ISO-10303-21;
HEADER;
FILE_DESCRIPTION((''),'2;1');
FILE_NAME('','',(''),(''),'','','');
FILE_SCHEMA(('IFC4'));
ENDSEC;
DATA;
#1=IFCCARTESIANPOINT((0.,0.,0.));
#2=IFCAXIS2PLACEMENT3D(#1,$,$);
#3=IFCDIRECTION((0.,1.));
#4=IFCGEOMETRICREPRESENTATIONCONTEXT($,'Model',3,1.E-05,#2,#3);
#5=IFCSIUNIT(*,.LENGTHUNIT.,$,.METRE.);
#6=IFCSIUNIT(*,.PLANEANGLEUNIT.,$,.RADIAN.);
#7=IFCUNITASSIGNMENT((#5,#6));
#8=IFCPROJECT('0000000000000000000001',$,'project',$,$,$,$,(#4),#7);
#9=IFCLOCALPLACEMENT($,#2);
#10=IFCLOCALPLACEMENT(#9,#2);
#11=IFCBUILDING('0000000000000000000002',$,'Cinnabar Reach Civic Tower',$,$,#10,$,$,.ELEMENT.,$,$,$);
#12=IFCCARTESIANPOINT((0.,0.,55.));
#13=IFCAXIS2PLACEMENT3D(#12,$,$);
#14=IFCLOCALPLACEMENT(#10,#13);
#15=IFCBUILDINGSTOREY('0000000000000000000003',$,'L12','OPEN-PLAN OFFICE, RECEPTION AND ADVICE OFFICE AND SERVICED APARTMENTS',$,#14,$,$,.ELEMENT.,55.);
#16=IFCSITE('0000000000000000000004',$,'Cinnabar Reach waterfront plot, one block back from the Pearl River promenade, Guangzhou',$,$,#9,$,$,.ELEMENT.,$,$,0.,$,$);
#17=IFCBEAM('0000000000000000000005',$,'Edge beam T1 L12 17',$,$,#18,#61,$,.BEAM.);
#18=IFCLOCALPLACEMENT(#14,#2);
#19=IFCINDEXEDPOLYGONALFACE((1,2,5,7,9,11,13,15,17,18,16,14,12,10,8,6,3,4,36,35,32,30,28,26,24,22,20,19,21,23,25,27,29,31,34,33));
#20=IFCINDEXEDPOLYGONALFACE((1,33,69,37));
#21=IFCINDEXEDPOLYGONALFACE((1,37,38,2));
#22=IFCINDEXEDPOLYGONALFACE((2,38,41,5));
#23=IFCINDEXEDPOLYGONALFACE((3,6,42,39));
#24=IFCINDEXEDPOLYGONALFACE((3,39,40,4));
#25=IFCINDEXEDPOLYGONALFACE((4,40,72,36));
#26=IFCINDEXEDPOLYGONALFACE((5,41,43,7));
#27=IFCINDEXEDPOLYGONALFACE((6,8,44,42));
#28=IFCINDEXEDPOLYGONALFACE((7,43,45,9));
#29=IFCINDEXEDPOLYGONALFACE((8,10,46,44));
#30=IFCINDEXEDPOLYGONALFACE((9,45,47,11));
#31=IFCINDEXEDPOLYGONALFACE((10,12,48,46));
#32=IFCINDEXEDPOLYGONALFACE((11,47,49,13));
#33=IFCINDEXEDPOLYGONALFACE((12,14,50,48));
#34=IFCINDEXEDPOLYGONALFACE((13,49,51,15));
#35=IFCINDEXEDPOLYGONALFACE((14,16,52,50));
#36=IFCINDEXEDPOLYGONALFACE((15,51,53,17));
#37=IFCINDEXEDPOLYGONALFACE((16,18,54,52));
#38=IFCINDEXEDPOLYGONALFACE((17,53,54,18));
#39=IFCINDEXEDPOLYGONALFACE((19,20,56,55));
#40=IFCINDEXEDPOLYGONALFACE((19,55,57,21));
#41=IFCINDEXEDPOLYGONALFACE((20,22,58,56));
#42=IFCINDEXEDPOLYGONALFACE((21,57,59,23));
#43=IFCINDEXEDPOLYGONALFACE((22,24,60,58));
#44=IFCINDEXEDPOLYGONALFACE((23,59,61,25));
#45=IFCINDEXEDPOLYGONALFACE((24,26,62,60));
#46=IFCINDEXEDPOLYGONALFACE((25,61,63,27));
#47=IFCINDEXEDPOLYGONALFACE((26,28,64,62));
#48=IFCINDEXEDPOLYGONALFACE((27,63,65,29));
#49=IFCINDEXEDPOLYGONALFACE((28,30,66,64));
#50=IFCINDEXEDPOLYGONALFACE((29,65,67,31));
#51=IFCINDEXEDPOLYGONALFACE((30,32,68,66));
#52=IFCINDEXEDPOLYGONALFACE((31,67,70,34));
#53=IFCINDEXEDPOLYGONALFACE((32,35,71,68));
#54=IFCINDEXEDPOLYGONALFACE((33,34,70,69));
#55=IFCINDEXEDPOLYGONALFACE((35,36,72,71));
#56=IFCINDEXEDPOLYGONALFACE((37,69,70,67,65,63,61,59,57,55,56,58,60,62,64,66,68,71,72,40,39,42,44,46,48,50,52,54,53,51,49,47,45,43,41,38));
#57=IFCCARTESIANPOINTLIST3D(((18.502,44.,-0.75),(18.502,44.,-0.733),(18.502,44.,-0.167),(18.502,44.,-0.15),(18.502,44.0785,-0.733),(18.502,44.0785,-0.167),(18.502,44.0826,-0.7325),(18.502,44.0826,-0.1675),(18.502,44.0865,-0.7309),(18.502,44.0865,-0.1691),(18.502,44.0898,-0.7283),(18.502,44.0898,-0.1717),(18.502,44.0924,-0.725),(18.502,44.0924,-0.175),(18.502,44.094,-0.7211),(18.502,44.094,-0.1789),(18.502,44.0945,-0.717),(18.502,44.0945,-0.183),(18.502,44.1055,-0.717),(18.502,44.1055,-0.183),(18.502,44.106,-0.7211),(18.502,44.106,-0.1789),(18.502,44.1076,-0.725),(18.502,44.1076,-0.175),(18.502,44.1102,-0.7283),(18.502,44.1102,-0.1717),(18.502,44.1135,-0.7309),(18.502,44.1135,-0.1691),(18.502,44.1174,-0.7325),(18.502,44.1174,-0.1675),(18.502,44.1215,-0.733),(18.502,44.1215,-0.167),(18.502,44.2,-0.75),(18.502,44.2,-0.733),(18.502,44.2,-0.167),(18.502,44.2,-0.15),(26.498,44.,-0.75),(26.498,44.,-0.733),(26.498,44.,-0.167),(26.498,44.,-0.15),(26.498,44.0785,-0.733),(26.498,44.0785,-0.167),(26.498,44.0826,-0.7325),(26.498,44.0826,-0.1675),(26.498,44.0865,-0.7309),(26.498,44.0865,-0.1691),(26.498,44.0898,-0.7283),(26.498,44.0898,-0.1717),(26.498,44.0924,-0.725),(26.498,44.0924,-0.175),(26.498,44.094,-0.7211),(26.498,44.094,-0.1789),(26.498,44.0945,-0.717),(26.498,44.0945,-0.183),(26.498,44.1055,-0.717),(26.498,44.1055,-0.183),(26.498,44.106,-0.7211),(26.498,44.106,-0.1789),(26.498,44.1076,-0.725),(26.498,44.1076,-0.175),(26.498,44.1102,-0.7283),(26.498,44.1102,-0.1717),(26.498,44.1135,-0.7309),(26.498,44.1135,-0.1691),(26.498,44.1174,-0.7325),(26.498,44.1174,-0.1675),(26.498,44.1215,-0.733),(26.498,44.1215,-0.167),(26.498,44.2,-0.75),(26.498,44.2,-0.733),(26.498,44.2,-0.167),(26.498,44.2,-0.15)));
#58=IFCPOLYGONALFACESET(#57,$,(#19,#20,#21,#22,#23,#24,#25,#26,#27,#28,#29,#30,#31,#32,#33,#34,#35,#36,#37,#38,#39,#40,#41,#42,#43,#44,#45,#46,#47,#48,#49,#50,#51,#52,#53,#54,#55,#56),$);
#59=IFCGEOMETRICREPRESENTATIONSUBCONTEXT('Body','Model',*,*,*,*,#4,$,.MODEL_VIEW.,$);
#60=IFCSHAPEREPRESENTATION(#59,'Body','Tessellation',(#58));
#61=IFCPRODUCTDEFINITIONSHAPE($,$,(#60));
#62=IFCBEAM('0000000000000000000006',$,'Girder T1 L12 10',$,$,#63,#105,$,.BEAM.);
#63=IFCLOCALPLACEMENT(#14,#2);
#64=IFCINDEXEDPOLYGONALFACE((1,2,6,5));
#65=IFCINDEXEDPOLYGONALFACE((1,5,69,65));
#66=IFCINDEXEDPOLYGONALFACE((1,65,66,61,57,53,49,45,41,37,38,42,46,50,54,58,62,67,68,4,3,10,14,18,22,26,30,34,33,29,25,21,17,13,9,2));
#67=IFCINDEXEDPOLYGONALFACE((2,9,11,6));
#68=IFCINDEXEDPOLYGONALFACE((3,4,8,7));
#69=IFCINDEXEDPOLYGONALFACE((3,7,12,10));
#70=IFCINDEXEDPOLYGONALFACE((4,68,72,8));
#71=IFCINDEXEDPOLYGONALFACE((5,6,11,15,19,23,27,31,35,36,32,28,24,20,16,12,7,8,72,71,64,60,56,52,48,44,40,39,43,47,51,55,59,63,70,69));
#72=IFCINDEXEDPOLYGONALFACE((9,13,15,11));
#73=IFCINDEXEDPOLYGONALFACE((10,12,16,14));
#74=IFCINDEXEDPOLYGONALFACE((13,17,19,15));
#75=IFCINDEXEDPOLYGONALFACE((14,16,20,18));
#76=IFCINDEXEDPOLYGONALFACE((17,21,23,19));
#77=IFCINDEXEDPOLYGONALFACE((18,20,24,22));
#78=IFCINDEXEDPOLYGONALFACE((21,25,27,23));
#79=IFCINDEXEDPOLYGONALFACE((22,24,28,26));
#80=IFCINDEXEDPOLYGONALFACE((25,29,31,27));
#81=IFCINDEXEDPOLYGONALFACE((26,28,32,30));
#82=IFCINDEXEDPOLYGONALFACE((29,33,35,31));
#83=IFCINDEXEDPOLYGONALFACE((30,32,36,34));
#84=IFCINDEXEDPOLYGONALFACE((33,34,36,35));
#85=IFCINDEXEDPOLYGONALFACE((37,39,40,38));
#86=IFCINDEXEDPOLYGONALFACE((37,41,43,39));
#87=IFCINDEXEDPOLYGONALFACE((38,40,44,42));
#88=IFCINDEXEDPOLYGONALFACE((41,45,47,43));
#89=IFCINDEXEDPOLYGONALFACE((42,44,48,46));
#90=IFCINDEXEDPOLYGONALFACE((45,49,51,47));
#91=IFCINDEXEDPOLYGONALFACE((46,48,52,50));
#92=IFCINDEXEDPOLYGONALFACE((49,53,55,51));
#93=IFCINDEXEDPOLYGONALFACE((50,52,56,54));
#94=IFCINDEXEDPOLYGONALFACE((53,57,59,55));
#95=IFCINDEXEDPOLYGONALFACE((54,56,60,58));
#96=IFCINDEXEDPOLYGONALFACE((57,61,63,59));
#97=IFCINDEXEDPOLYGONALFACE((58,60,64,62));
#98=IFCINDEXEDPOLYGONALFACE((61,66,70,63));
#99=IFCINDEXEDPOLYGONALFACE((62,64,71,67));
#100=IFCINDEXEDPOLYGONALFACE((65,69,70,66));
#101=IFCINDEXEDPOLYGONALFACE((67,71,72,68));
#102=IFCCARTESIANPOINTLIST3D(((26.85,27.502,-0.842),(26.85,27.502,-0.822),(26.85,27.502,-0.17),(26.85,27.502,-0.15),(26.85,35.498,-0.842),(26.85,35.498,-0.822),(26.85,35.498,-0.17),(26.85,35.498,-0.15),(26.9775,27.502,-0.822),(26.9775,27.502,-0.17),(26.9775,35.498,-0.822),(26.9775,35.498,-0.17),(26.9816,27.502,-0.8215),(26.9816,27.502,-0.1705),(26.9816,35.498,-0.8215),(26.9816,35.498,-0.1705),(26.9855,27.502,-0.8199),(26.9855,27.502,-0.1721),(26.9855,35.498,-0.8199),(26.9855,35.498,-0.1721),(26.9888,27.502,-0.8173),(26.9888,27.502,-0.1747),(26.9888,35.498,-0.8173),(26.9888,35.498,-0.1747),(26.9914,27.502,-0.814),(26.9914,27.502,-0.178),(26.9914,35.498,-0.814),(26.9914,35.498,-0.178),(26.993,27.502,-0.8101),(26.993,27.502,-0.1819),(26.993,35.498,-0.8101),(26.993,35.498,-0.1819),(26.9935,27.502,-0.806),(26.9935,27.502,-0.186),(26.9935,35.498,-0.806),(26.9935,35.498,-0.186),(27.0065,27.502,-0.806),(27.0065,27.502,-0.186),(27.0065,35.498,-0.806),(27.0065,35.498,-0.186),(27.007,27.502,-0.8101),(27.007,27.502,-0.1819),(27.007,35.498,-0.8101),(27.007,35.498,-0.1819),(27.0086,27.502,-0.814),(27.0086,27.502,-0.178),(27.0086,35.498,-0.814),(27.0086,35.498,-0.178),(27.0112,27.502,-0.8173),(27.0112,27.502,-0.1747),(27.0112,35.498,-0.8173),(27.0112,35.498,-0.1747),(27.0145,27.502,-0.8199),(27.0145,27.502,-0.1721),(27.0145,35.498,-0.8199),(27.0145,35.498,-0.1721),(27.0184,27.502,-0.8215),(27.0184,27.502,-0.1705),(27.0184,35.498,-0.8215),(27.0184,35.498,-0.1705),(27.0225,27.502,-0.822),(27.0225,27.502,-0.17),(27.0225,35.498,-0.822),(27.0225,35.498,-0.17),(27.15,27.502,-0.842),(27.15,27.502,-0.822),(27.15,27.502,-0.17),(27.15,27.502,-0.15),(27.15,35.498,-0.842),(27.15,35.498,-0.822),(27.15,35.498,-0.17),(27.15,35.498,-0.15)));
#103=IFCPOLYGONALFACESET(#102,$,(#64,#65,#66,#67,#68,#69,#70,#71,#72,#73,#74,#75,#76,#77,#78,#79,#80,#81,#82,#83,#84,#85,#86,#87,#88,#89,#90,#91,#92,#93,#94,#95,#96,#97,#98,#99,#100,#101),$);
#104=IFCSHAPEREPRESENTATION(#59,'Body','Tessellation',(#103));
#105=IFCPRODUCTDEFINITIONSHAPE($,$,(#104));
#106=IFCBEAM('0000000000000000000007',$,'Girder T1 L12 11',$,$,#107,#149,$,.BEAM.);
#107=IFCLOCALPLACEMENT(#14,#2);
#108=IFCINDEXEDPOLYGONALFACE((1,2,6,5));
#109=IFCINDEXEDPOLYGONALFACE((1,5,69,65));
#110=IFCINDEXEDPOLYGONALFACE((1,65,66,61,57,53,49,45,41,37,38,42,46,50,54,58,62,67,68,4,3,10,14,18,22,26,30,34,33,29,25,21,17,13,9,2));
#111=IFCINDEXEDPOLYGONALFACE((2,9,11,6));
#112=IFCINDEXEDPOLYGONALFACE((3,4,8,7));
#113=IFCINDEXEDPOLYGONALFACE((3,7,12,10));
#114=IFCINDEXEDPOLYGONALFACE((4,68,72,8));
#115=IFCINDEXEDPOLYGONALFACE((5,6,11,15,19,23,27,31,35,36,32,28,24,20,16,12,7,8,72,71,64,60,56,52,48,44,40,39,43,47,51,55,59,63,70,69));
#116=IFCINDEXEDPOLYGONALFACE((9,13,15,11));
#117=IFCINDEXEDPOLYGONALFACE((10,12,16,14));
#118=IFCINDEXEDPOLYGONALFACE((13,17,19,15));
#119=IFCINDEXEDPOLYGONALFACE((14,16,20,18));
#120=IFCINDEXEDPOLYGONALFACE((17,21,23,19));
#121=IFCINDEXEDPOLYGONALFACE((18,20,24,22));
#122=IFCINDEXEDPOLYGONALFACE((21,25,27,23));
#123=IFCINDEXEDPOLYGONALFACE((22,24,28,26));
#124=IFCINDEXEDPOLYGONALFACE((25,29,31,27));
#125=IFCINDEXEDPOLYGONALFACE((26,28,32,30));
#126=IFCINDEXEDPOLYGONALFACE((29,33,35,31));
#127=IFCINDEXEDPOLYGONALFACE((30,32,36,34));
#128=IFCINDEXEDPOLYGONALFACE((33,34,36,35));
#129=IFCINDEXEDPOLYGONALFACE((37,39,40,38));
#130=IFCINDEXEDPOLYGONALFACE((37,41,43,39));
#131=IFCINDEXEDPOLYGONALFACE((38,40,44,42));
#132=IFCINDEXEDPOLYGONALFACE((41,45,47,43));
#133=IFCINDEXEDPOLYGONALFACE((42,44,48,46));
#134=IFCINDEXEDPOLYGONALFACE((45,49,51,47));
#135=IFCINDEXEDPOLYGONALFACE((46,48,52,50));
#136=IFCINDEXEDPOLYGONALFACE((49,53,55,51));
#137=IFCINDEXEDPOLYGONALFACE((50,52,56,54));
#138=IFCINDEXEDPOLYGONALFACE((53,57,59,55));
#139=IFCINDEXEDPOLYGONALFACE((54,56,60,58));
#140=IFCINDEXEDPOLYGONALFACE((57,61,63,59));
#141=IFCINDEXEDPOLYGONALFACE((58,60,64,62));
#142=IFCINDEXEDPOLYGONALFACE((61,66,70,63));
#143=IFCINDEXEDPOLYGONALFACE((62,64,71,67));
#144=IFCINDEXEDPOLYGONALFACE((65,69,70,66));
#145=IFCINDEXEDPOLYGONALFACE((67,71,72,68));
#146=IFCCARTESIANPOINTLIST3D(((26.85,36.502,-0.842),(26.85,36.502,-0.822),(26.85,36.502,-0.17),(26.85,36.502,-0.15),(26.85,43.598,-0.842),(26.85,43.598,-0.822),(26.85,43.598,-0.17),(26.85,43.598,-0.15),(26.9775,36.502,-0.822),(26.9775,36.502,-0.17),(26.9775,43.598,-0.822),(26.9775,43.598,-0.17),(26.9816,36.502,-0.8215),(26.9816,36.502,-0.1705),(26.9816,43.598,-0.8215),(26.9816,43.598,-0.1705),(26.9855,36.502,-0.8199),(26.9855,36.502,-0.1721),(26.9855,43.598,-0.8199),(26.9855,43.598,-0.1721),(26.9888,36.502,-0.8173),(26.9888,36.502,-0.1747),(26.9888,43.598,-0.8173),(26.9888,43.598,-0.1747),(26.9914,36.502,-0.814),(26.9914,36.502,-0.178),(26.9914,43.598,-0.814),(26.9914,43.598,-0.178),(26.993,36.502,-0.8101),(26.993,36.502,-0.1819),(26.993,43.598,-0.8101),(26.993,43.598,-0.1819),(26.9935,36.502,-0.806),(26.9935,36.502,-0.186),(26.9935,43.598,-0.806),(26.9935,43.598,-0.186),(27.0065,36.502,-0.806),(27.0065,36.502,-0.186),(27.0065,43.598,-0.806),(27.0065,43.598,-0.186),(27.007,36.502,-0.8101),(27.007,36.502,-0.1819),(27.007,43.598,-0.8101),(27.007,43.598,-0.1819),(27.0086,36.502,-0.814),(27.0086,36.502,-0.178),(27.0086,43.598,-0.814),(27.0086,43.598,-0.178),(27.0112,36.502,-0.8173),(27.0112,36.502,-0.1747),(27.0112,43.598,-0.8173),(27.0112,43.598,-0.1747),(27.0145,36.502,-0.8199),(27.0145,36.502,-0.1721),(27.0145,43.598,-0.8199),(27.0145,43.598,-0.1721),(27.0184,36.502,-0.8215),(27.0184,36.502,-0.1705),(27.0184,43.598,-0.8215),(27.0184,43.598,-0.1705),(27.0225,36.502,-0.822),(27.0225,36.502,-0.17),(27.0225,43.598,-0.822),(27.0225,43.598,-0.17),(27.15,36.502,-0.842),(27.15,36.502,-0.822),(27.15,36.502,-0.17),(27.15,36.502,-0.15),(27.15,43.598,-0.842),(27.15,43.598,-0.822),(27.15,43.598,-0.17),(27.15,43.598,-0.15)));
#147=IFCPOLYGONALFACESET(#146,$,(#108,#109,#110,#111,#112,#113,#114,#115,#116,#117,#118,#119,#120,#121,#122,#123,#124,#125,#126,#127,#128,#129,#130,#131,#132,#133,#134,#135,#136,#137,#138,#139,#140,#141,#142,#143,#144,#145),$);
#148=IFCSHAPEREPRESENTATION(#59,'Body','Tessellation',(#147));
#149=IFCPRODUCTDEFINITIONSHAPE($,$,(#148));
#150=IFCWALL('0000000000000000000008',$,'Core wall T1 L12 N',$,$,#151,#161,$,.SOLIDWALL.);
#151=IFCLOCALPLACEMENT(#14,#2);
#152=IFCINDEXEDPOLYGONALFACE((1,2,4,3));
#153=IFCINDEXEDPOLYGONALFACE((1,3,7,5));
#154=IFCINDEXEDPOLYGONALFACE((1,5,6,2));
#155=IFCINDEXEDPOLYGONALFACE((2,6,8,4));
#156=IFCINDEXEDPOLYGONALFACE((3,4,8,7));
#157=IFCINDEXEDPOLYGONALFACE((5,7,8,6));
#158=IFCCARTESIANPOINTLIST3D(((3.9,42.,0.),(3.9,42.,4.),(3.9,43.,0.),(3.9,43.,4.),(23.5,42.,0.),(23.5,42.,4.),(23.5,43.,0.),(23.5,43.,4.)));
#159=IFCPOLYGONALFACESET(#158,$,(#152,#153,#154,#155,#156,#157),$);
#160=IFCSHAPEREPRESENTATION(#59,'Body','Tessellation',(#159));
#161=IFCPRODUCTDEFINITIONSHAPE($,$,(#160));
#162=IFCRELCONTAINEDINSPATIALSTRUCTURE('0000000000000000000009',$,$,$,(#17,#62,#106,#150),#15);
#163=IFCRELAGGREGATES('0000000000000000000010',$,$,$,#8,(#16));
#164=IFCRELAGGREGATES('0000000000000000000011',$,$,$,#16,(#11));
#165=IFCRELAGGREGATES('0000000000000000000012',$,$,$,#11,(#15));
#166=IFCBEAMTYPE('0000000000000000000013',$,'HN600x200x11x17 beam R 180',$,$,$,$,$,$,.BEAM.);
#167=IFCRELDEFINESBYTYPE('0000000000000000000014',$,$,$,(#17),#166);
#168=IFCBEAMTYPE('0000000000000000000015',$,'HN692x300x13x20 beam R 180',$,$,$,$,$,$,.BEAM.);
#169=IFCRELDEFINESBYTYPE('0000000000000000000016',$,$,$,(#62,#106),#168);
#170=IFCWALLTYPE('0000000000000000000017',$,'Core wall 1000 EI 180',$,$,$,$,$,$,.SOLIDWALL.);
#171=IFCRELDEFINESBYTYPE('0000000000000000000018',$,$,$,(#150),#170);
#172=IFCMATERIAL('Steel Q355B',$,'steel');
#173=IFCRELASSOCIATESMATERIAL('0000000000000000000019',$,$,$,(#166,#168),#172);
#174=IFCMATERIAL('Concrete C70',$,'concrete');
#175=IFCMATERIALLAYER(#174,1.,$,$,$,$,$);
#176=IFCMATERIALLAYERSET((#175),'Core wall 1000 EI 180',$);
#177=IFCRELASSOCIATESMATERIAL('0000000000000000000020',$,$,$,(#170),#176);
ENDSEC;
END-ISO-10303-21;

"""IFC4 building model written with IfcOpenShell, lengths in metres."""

from ifc_helpers import new_model, si_unit, direction, frame, frame_2d, origin, origin_2d, place, context, subcontext, project, spatial, rectangle, i_section, extrude, material, layer, layer_set, material_profile, profile_set, type_object, element, save


model = new_model("IFC4")

# Units and contexts
model_context = context("Model", 3, precision=1e-05, world=origin(), true_north=direction((0.0, 1.0)))
body_context = subcontext(model_context, "Body", "Model", "MODEL_VIEW")
ifc_project = project(units=[si_unit("LENGTHUNIT", "METRE"), si_unit("PLANEANGLEUNIT", "RADIAN")], contexts=[model_context])

# Site, building, storey
site_placement = place(None, origin())
site = spatial("IfcSite", under=ifc_project, at=site_placement, Name="Cinnabar Reach waterfront plot, one block back from the Pearl River promenade, Guangzhou", CompositionType="ELEMENT", RefElevation=0.0)
building_placement = place(site_placement, origin())
building = spatial("IfcBuilding", under=site, at=building_placement, Name="Cinnabar Reach Civic Tower", CompositionType="ELEMENT")
storey_placement = place(building_placement, frame((0.0, 0.0, 55.0)))
storey = spatial("IfcBuildingStorey", under=building, at=storey_placement, Name="L12", Description="OPEN-PLAN OFFICE, RECEPTION AND ADVICE OFFICE AND SERVICED APARTMENTS", CompositionType="ELEMENT", Elevation=55.0)

# Shared definitions
ifc_material_1 = material(Name="Concrete C70", Category="concrete")

# Beams
ifc_material_2 = material(Name="Steel Q355B", Category="steel")
ifc_material_profile_1 = material_profile(ifc_material_2, i_section(OverallWidth=0.2, OverallDepth=0.6, WebThickness=0.011, FlangeThickness=0.017, FilletRadius=0.016, at=origin_2d()), Name="HN600x200x11x17")
ifc_profile_set_1 = profile_set([ifc_material_profile_1], Name="Steel Q355B")
beam_type_1 = type_object("IfcBeamType", Name="HN600x200x11x17 beam R 180", PredefinedType="BEAM", material=ifc_profile_set_1)
beam_1_placement = place(storey_placement, frame((26.498, 44.1, -0.45), z_axis=(-1.0, 0.0, 0.0), x_axis=(0.0, -1.0, 0.0)))
element("IfcBeam", 1, at=beam_1_placement, inside=storey, type_object=beam_type_1, Name="Edge beam T1 L12 17", PredefinedType="BEAM", context=body_context, shape_type="SweptSolid", body=[
    extrude(i_section(OverallWidth=0.2, OverallDepth=0.6, WebThickness=0.011, FlangeThickness=0.017, FilletRadius=0.016, at=origin_2d()), origin(), (0.0, 0.0, 1.0), 7.996),
])
ifc_material_profile_2 = material_profile(ifc_material_2, i_section(OverallWidth=0.3, OverallDepth=0.692, WebThickness=0.013, FlangeThickness=0.02, FilletRadius=0.016, at=origin_2d()), Name="HN692x300x13x20")
ifc_profile_set_2 = profile_set([ifc_material_profile_2], Name="Steel Q355B")
beam_type_2 = type_object("IfcBeamType", Name="HN692x300x13x20 beam R 180", PredefinedType="BEAM", material=ifc_profile_set_2)
beam_2_placement = place(storey_placement, frame((27.0, 27.502, -0.496), z_axis=(0.0, 1.0, 0.0), x_axis=(-1.0, 0.0, 0.0)))
element("IfcBeam", 2, at=beam_2_placement, inside=storey, type_object=beam_type_2, Name="Girder T1 L12 10", PredefinedType="BEAM", context=body_context, shape_type="SweptSolid", body=[
    extrude(i_section(OverallWidth=0.3, OverallDepth=0.692, WebThickness=0.013, FlangeThickness=0.02, FilletRadius=0.016, at=origin_2d()), origin(), (0.0, 0.0, 1.0), 7.996),
])
beam_3_placement = place(storey_placement, frame((27.0, 36.502, -0.496), z_axis=(0.0, 1.0, 0.0), x_axis=(-1.0, 0.0, 0.0)))
element("IfcBeam", 3, at=beam_3_placement, inside=storey, type_object=beam_type_2, Name="Girder T1 L12 11", PredefinedType="BEAM", context=body_context, shape_type="SweptSolid", body=[
    extrude(i_section(OverallWidth=0.3, OverallDepth=0.692, WebThickness=0.013, FlangeThickness=0.02, FilletRadius=0.016, at=origin_2d()), origin(), (0.0, 0.0, 1.0), 7.096),
])

# Wall
ifc_layer_1 = layer(ifc_material_1, 1.0)
ifc_layer_set_1 = layer_set([ifc_layer_1], Name="Core wall 1000 EI 180")
wall_type_1 = type_object("IfcWallType", Name="Core wall 1000 EI 180", PredefinedType="SOLIDWALL", material=ifc_layer_set_1)
wall_1_placement = place(storey_placement, frame((23.5, 42.5, 0.0), z_axis=(0.0, 0.0, 1.0), x_axis=(-1.0, 0.0, 0.0)))
element("IfcWall", 4, at=wall_1_placement, inside=storey, type_object=wall_type_1, Name="Core wall T1 L12 N", PredefinedType="SOLIDWALL", context=body_context, shape_type="SweptSolid", body=[
    extrude(rectangle(XDim=19.6, YDim=1.0, at=frame_2d((9.8, 0.0))), origin(), (0.0, 0.0, 1.0), 4.0),
])

save(model, "model.ifc")
